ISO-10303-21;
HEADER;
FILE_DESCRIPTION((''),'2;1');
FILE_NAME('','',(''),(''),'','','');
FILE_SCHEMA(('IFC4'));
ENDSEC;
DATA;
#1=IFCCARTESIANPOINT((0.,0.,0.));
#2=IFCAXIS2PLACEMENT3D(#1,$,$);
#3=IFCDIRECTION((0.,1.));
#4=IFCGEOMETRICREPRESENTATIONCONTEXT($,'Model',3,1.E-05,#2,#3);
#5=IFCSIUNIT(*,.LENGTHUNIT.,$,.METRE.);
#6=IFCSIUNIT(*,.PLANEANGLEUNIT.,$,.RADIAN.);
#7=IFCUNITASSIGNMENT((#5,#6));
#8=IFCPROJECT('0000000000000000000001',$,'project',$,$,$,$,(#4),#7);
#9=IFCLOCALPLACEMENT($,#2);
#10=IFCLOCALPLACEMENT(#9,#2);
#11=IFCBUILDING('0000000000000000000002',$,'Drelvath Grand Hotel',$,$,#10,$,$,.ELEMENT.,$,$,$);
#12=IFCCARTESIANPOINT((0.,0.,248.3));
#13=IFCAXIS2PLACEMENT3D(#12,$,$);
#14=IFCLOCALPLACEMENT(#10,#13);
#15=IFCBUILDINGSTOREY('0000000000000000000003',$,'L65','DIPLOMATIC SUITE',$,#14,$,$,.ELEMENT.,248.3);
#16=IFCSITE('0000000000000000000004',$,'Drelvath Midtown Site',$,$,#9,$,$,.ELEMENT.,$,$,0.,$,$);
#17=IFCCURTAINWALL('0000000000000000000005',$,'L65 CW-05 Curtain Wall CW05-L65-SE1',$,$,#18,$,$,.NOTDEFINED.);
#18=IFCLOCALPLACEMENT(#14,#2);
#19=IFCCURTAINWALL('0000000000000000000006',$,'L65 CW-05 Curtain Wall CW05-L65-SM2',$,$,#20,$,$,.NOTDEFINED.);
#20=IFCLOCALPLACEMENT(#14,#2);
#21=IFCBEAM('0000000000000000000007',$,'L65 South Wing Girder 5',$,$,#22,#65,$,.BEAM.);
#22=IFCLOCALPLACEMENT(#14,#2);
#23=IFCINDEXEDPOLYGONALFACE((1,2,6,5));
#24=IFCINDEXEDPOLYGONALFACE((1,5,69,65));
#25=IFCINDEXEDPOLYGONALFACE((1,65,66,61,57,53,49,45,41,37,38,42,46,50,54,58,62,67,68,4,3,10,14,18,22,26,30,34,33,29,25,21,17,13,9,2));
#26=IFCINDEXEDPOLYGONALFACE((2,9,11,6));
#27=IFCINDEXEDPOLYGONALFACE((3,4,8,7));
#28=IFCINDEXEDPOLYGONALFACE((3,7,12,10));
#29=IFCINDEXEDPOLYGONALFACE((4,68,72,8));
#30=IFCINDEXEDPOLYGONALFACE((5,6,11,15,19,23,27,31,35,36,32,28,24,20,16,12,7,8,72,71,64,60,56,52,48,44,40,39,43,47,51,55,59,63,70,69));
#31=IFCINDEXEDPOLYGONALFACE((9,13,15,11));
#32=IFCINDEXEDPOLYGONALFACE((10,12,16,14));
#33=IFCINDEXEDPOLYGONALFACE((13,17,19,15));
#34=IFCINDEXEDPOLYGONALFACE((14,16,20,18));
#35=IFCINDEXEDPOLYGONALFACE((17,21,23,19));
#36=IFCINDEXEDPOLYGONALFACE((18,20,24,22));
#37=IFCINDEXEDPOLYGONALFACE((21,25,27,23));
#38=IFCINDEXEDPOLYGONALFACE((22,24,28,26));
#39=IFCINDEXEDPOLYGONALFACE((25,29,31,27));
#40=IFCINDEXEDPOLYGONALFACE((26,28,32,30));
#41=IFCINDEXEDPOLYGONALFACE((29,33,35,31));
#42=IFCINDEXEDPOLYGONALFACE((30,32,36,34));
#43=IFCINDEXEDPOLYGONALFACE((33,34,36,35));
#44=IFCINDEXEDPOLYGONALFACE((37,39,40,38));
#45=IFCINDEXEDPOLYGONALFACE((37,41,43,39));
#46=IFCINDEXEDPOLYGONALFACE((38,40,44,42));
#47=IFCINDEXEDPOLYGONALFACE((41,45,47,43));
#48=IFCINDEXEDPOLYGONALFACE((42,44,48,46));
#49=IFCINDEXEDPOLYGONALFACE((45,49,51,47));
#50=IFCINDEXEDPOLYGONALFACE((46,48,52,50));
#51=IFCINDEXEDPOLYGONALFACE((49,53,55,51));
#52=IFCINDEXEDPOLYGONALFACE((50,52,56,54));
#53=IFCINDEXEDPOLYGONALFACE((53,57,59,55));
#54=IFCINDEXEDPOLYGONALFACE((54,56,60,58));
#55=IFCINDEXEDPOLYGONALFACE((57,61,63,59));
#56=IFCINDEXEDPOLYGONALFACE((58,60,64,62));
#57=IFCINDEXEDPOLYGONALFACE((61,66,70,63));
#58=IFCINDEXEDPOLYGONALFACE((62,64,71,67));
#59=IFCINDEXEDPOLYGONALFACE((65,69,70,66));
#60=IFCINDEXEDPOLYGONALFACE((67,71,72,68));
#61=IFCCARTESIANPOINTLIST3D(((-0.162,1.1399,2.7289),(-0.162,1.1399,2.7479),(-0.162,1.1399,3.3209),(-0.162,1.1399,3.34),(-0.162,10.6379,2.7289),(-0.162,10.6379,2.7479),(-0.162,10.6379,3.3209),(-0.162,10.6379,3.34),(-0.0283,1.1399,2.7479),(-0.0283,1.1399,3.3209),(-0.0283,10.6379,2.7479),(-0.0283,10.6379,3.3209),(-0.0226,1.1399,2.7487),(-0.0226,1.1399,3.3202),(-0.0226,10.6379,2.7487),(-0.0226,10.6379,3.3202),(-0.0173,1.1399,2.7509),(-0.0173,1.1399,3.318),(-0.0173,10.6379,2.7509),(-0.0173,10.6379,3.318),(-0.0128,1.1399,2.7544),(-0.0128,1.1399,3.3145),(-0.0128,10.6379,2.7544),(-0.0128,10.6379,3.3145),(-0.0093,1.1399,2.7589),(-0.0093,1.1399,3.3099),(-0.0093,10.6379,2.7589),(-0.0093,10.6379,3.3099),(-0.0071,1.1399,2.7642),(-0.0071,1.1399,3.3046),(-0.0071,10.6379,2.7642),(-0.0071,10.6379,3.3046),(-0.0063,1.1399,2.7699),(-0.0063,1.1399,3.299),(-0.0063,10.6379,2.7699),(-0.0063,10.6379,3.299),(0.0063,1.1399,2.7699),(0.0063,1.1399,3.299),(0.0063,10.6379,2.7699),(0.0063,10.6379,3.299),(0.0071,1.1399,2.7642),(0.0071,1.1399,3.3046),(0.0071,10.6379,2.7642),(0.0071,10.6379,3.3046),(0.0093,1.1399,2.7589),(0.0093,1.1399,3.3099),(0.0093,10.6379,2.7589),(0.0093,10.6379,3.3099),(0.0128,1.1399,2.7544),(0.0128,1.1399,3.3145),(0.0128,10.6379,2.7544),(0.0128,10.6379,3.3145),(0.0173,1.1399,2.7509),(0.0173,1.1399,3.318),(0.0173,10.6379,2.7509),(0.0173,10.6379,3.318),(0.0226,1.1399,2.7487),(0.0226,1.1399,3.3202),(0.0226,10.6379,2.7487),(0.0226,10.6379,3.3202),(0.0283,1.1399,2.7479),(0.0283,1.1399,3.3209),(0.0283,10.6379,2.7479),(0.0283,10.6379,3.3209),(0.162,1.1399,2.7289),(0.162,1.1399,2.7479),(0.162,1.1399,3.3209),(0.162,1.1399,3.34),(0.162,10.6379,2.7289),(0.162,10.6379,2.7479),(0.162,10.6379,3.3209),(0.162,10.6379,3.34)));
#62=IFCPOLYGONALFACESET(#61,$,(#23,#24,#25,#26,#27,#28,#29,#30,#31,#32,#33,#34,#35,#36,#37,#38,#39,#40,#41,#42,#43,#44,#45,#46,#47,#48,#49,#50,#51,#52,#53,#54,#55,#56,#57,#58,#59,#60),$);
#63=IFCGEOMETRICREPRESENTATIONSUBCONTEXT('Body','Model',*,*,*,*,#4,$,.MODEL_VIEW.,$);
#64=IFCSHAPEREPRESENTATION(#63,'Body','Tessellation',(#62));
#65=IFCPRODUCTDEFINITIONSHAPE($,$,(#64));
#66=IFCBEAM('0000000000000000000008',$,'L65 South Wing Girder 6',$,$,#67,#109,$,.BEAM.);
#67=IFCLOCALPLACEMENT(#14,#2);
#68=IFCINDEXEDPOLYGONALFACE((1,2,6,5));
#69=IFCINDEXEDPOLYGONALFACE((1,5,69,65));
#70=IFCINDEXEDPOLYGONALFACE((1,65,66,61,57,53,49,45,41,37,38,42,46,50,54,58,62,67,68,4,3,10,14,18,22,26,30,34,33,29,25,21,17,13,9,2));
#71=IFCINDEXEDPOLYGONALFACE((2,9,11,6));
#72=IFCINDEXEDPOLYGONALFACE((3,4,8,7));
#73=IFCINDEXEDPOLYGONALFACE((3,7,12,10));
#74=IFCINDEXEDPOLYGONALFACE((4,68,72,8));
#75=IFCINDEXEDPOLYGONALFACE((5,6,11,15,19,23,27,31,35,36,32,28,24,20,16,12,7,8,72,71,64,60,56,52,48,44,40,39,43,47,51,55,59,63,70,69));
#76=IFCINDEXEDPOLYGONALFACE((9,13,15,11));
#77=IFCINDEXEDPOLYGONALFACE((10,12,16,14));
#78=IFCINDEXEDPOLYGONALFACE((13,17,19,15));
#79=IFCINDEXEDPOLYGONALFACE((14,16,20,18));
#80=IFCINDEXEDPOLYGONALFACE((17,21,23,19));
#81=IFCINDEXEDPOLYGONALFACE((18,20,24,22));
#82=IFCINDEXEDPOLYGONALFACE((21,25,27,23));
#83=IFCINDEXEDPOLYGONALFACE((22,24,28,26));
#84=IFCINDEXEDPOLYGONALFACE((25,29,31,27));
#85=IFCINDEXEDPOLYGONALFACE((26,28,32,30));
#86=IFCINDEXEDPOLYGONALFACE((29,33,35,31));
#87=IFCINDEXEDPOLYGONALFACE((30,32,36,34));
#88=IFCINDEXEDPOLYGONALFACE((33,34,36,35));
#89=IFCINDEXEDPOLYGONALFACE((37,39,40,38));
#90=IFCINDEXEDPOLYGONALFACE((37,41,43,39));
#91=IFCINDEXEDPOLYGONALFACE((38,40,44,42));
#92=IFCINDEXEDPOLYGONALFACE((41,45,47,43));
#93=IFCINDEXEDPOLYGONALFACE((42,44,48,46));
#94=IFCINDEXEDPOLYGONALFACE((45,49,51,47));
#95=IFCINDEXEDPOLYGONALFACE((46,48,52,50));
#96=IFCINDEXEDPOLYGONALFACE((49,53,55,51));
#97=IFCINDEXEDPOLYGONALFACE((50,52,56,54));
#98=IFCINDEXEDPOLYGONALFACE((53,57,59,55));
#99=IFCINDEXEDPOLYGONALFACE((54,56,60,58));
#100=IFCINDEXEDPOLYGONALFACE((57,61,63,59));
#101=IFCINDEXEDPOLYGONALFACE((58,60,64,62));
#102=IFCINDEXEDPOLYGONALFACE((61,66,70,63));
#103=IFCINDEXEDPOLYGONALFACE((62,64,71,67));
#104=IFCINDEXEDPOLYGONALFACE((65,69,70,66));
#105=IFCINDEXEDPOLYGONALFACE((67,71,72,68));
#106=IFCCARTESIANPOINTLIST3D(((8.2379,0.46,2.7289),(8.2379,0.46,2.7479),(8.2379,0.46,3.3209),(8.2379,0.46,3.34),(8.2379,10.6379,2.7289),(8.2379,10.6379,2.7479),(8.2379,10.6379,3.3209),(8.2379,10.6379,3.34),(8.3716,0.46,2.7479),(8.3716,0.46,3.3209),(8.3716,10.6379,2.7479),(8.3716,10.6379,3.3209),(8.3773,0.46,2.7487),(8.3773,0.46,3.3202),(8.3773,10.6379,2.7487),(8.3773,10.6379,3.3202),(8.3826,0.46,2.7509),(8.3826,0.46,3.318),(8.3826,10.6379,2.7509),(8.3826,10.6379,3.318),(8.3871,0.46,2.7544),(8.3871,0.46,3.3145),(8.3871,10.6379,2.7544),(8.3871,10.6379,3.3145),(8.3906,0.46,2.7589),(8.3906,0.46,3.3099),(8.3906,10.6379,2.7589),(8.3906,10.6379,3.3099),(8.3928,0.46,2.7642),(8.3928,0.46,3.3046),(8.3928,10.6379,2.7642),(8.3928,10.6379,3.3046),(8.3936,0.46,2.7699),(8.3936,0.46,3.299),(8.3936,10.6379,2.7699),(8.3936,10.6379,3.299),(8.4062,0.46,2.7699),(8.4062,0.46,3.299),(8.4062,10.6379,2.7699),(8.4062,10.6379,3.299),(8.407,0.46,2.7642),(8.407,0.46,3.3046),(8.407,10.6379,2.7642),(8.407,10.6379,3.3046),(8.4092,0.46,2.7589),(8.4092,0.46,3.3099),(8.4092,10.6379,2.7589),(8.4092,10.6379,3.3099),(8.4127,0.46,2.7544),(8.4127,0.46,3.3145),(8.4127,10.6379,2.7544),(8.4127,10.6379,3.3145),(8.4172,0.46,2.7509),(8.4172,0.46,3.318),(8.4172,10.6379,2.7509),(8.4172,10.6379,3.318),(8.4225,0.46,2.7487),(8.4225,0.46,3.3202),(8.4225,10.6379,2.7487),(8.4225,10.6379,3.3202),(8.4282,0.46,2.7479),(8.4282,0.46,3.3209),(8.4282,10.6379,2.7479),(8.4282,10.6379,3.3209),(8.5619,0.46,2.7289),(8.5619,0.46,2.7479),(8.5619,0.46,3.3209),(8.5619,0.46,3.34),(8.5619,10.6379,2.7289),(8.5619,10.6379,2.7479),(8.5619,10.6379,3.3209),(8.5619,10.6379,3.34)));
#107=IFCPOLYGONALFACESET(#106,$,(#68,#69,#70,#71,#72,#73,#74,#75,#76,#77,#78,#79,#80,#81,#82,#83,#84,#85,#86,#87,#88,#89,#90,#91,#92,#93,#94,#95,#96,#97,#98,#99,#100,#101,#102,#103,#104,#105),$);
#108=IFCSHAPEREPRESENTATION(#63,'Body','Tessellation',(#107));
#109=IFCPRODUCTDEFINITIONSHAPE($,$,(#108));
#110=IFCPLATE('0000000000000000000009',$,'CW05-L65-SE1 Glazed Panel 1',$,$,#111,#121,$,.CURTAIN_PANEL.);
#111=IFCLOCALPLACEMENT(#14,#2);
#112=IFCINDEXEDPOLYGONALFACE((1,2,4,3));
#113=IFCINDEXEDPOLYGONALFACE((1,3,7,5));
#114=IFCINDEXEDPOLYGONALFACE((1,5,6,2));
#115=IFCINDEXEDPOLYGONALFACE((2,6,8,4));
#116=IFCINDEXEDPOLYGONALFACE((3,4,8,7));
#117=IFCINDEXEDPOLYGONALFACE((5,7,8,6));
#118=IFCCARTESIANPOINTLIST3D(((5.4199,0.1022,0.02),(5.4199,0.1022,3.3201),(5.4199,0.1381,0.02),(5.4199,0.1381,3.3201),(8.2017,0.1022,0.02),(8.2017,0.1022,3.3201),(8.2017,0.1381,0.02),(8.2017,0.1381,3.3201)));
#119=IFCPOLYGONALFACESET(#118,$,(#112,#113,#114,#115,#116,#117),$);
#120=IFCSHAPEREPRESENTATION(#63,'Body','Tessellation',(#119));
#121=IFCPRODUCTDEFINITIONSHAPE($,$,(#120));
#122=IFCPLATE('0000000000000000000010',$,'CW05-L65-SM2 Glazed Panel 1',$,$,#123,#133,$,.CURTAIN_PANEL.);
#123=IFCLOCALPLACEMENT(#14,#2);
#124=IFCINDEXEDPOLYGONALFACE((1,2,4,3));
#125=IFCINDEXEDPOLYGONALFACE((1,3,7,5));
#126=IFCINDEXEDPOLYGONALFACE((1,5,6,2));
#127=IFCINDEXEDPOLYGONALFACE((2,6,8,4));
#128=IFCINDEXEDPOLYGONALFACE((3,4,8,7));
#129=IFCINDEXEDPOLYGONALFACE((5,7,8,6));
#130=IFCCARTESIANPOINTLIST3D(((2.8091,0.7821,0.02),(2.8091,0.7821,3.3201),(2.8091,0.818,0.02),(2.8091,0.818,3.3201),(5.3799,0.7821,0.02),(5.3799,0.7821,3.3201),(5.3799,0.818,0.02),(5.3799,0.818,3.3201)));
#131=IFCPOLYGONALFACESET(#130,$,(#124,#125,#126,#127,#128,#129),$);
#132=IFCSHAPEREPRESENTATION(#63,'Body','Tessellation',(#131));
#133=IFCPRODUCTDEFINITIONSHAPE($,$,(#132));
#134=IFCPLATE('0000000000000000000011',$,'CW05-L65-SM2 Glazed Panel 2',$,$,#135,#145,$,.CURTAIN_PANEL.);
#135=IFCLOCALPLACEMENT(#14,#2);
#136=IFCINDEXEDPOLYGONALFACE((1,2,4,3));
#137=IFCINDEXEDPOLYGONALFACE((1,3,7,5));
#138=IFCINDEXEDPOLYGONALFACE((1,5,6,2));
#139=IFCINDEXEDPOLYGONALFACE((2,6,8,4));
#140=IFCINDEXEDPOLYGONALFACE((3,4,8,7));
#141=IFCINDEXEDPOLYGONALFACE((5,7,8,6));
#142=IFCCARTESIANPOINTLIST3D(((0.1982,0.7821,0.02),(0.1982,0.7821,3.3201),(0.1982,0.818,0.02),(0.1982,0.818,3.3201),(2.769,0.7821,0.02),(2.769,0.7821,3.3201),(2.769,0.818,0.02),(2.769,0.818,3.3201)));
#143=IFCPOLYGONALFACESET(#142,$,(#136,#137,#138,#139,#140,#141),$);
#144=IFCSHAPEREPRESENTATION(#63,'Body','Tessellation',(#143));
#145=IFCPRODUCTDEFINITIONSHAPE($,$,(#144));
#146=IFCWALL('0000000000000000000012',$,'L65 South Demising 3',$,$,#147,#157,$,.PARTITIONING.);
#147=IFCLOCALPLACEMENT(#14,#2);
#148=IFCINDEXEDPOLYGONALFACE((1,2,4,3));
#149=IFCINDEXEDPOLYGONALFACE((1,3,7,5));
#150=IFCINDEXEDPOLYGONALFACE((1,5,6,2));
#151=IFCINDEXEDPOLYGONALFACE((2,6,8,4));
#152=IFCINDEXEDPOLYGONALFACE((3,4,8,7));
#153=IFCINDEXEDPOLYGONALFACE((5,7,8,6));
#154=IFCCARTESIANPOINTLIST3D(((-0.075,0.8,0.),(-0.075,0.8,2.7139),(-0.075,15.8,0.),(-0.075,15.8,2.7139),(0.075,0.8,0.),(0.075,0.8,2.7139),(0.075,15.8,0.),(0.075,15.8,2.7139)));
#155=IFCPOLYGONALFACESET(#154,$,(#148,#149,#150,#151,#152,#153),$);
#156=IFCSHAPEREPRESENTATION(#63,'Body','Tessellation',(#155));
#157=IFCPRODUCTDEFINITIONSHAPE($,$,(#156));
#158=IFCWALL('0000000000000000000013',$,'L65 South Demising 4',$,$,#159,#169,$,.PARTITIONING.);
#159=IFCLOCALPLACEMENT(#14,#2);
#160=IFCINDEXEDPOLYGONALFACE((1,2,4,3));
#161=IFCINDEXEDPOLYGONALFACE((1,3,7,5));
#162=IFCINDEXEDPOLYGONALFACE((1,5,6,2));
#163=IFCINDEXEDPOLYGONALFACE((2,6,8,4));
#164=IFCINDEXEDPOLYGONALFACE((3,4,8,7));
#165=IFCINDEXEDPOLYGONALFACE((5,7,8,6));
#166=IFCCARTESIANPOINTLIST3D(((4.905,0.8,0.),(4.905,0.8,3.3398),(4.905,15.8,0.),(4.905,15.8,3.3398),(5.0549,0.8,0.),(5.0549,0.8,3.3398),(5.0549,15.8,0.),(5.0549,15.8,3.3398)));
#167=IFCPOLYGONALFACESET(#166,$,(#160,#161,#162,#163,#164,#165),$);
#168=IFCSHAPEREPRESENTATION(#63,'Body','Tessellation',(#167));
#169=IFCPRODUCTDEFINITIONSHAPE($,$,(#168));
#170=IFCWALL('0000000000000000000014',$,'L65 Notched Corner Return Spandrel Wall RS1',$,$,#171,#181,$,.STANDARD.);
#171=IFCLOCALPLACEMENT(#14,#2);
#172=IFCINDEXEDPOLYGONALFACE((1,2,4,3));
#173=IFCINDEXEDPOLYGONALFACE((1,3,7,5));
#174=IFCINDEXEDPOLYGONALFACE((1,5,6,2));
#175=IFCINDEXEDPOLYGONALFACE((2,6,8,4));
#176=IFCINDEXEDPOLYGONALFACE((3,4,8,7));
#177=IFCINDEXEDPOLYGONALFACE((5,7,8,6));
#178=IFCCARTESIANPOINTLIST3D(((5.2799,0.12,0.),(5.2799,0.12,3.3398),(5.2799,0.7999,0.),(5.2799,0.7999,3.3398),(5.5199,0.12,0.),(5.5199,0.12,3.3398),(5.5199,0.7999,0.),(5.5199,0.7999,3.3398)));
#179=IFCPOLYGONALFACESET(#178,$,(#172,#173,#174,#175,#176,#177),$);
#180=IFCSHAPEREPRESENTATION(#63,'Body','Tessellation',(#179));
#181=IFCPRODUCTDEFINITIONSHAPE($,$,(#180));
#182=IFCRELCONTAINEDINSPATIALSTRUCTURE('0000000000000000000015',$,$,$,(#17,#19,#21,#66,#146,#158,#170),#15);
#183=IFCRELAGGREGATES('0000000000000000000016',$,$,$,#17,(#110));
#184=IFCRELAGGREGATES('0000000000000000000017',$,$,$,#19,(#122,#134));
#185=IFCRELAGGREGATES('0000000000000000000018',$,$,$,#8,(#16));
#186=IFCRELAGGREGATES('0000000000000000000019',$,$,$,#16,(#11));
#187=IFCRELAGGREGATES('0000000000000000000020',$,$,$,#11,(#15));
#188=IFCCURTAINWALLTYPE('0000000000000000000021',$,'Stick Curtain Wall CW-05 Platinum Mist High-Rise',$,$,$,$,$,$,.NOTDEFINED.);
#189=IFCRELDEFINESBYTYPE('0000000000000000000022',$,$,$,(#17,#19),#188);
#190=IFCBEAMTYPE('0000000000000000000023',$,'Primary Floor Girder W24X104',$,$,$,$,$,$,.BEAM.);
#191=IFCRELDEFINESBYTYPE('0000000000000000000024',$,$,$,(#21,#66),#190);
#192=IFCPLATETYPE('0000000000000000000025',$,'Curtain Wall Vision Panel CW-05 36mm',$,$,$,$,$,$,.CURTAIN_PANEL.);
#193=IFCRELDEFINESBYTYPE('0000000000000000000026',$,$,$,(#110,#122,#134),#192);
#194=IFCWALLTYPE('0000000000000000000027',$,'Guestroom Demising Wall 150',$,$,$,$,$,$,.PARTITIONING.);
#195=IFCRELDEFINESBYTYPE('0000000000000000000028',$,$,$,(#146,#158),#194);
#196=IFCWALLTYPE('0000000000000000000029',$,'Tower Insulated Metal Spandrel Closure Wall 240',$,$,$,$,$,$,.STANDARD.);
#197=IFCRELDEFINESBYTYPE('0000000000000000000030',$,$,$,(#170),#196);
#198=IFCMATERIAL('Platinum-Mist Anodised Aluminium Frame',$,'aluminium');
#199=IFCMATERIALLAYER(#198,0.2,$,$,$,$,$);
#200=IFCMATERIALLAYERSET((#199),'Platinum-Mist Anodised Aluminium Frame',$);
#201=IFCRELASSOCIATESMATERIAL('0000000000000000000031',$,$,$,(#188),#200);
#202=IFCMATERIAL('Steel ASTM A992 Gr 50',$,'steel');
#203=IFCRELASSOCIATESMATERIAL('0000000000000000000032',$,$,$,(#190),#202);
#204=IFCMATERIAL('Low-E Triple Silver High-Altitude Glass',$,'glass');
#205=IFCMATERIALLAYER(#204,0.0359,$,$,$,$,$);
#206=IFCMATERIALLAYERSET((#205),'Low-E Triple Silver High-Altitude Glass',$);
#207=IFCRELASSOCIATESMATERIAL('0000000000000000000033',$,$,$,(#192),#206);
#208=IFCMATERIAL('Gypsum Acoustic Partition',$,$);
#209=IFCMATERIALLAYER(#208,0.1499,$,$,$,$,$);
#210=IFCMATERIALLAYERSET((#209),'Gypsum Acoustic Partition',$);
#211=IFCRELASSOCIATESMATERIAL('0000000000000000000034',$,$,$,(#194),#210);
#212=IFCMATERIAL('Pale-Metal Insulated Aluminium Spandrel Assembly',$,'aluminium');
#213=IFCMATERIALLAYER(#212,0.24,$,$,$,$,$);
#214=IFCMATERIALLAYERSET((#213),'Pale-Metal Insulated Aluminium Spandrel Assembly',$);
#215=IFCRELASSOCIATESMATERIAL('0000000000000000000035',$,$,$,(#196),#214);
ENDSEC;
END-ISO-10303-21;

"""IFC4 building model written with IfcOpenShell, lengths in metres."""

from ifc_helpers import new_model, si_unit, direction, frame, frame_2d, origin, origin_2d, place, context, subcontext, project, spatial, rectangle, i_section, extrude, material, layer, layer_set, material_profile, profile_set, type_object, element, aggregate, save


model = new_model("IFC4")

# Units and contexts
model_context = context("Model", 3, precision=1e-05, world=origin(), true_north=direction((0.0, 1.0)))
body_context = subcontext(model_context, "Body", "Model", "MODEL_VIEW")
ifc_project = project(units=[si_unit("LENGTHUNIT", "METRE"), si_unit("PLANEANGLEUNIT", "RADIAN")], contexts=[model_context])

# Site, building, storey
site_placement = place(None, origin())
site = spatial("IfcSite", under=ifc_project, at=site_placement, Name="Drelvath Midtown Site", CompositionType="ELEMENT", RefElevation=0.0)
building_placement = place(site_placement, origin())
building = spatial("IfcBuilding", under=site, at=building_placement, Name="Drelvath Grand Hotel", CompositionType="ELEMENT")
storey_placement = place(building_placement, frame((0.0, 0.0, 248.3)))
storey = spatial("IfcBuildingStorey", under=building, at=storey_placement, Name="L65", Description="DIPLOMATIC SUITE", CompositionType="ELEMENT", Elevation=248.3)

# Curtain walls
ifc_material_1 = material(Name="Platinum-Mist Anodised Aluminium Frame", Category="aluminium")
ifc_layer_1 = layer(ifc_material_1, 0.2)
ifc_layer_set_1 = layer_set([ifc_layer_1], Name="Platinum-Mist Anodised Aluminium Frame")
curtain_wall_type = type_object("IfcCurtainWallType", Name="Stick Curtain Wall CW-05 Platinum Mist High-Rise", PredefinedType="NOTDEFINED", material=ifc_layer_set_1)
curtain_wall_1_placement = place(storey_placement, origin())
curtain_wall_1 = element("IfcCurtainWall", 1, at=curtain_wall_1_placement, inside=storey, type_object=curtain_wall_type, Name="L65 CW-05 Curtain Wall CW05-L65-SE1", PredefinedType="NOTDEFINED")
curtain_wall_2_placement = place(storey_placement, origin())
curtain_wall_2 = element("IfcCurtainWall", 2, at=curtain_wall_2_placement, inside=storey, type_object=curtain_wall_type, Name="L65 CW-05 Curtain Wall CW05-L65-SM2", PredefinedType="NOTDEFINED")

# Beams
ifc_material_2 = material(Name="Steel ASTM A992 Gr 50", Category="steel")
ifc_material_profile_1 = material_profile(ifc_material_2, i_section(OverallWidth=0.324, OverallDepth=0.6111, WebThickness=0.0127, FlangeThickness=0.019, FilletRadius=0.022, at=origin_2d()), Name="W24X104")
ifc_profile_set_1 = profile_set([ifc_material_profile_1], Name="Steel ASTM A992 Gr 50")
beam_type_1 = type_object("IfcBeamType", Name="Primary Floor Girder W24X104", PredefinedType="BEAM", material=ifc_profile_set_1)
beam_1_placement = place(storey_placement, frame((0.0, 1.1399, 3.0344), z_axis=(0.0, 1.0, 0.0), x_axis=(-1.0, 0.0, 0.0)))
element("IfcBeam", 3, at=beam_1_placement, inside=storey, type_object=beam_type_1, Name="L65 South Wing Girder 5", PredefinedType="BEAM", context=body_context, shape_type="SweptSolid", body=[
    extrude(i_section(OverallWidth=0.324, OverallDepth=0.6111, WebThickness=0.0127, FlangeThickness=0.019, FilletRadius=0.022, at=origin_2d()), origin(), (0.0, 0.0, 1.0), 9.498),
])
beam_2_placement = place(storey_placement, frame((8.3999, 0.46, 3.0344), z_axis=(0.0, 1.0, 0.0), x_axis=(-1.0, 0.0, 0.0)))
element("IfcBeam", 4, at=beam_2_placement, inside=storey, type_object=beam_type_1, Name="L65 South Wing Girder 6", PredefinedType="BEAM", context=body_context, shape_type="SweptSolid", body=[
    extrude(i_section(OverallWidth=0.324, OverallDepth=0.6111, WebThickness=0.0127, FlangeThickness=0.019, FilletRadius=0.022, at=origin_2d()), origin(), (0.0, 0.0, 1.0), 10.178),
])

# Plates
ifc_material_3 = material(Name="Low-E Triple Silver High-Altitude Glass", Category="glass")
ifc_layer_2 = layer(ifc_material_3, 0.0359)
ifc_layer_set_2 = layer_set([ifc_layer_2], Name="Low-E Triple Silver High-Altitude Glass")
plate_type = type_object("IfcPlateType", Name="Curtain Wall Vision Panel CW-05 36mm", PredefinedType="CURTAIN_PANEL", material=ifc_layer_set_2)
plate_1_placement = place(storey_placement, frame((6.8108, 0.1201, 0.02), z_axis=(0.0, 0.0, 1.0), x_axis=(-1.0, 0.0, 0.0)))
plate_1 = element("IfcPlate", 5, at=plate_1_placement, type_object=plate_type, Name="CW05-L65-SE1 Glazed Panel 1", PredefinedType="CURTAIN_PANEL", context=body_context, shape_type="SweptSolid", body=[
    extrude(rectangle(XDim=2.7817, YDim=0.0359, at=origin_2d()), origin(), (0.0, 0.0, 1.0), 3.3),
])
aggregate(curtain_wall_1, [plate_1])
plate_2_placement = place(storey_placement, frame((4.0945, 0.8, 0.02), z_axis=(0.0, 0.0, 1.0), x_axis=(-1.0, 0.0, 0.0)))
plate_2 = element("IfcPlate", 6, at=plate_2_placement, type_object=plate_type, Name="CW05-L65-SM2 Glazed Panel 1", PredefinedType="CURTAIN_PANEL", context=body_context, shape_type="SweptSolid", body=[
    extrude(rectangle(XDim=2.5708, YDim=0.0359, at=origin_2d()), origin(), (0.0, 0.0, 1.0), 3.3),
])
plate_3_placement = place(storey_placement, frame((1.4836, 0.8, 0.02), z_axis=(0.0, 0.0, 1.0), x_axis=(-1.0, 0.0, 0.0)))
plate_3 = element("IfcPlate", 7, at=plate_3_placement, type_object=plate_type, Name="CW05-L65-SM2 Glazed Panel 2", PredefinedType="CURTAIN_PANEL", context=body_context, shape_type="SweptSolid", body=[
    extrude(rectangle(XDim=2.5708, YDim=0.0359, at=origin_2d()), origin(), (0.0, 0.0, 1.0), 3.3),
])
aggregate(curtain_wall_2, [plate_2, plate_3])

# Walls
ifc_material_4 = material(Name="Gypsum Acoustic Partition")
ifc_layer_3 = layer(ifc_material_4, 0.1499)
ifc_layer_set_3 = layer_set([ifc_layer_3], Name="Gypsum Acoustic Partition")
wall_type_1 = type_object("IfcWallType", Name="Guestroom Demising Wall 150", PredefinedType="PARTITIONING", material=ifc_layer_set_3)
wall_1_placement = place(storey_placement, frame((0.0, 0.8, 0.0), z_axis=(0.0, 0.0, 1.0), x_axis=(0.0, 1.0, 0.0)))
element("IfcWall", 8, at=wall_1_placement, inside=storey, type_object=wall_type_1, Name="L65 South Demising 3", PredefinedType="PARTITIONING", context=body_context, shape_type="SweptSolid", body=[
    extrude(rectangle(XDim=15.0, YDim=0.1499, at=frame_2d((7.5, 0.0))), origin(), (0.0, 0.0, 1.0), 2.7139),
])
wall_2_placement = place(storey_placement, frame((4.98, 0.8, 0.0), z_axis=(0.0, 0.0, 1.0), x_axis=(0.0, 1.0, 0.0)))
element("IfcWall", 9, at=wall_2_placement, inside=storey, type_object=wall_type_1, Name="L65 South Demising 4", PredefinedType="PARTITIONING", context=body_context, shape_type="SweptSolid", body=[
    extrude(rectangle(XDim=15.0, YDim=0.1499, at=frame_2d((7.5, 0.0))), origin(), (0.0, 0.0, 1.0), 3.3398),
])
ifc_material_5 = material(Name="Pale-Metal Insulated Aluminium Spandrel Assembly", Category="aluminium")
ifc_layer_4 = layer(ifc_material_5, 0.24)
ifc_layer_set_4 = layer_set([ifc_layer_4], Name="Pale-Metal Insulated Aluminium Spandrel Assembly")
wall_type_2 = type_object("IfcWallType", Name="Tower Insulated Metal Spandrel Closure Wall 240", PredefinedType="STANDARD", material=ifc_layer_set_4)
wall_3_placement = place(storey_placement, frame((5.3999, 0.1201, 0.0), z_axis=(0.0, 0.0, 1.0), x_axis=(0.0, 1.0, 0.0)))
element("IfcWall", 10, at=wall_3_placement, inside=storey, type_object=wall_type_2, Name="L65 Notched Corner Return Spandrel Wall RS1", PredefinedType="STANDARD", context=body_context, shape_type="SweptSolid", body=[
    extrude(rectangle(XDim=0.6799, YDim=0.24, at=frame_2d((0.3398, 0.0))), origin(), (0.0, 0.0, 1.0), 3.3398),
])

save(model, "model.ifc")
